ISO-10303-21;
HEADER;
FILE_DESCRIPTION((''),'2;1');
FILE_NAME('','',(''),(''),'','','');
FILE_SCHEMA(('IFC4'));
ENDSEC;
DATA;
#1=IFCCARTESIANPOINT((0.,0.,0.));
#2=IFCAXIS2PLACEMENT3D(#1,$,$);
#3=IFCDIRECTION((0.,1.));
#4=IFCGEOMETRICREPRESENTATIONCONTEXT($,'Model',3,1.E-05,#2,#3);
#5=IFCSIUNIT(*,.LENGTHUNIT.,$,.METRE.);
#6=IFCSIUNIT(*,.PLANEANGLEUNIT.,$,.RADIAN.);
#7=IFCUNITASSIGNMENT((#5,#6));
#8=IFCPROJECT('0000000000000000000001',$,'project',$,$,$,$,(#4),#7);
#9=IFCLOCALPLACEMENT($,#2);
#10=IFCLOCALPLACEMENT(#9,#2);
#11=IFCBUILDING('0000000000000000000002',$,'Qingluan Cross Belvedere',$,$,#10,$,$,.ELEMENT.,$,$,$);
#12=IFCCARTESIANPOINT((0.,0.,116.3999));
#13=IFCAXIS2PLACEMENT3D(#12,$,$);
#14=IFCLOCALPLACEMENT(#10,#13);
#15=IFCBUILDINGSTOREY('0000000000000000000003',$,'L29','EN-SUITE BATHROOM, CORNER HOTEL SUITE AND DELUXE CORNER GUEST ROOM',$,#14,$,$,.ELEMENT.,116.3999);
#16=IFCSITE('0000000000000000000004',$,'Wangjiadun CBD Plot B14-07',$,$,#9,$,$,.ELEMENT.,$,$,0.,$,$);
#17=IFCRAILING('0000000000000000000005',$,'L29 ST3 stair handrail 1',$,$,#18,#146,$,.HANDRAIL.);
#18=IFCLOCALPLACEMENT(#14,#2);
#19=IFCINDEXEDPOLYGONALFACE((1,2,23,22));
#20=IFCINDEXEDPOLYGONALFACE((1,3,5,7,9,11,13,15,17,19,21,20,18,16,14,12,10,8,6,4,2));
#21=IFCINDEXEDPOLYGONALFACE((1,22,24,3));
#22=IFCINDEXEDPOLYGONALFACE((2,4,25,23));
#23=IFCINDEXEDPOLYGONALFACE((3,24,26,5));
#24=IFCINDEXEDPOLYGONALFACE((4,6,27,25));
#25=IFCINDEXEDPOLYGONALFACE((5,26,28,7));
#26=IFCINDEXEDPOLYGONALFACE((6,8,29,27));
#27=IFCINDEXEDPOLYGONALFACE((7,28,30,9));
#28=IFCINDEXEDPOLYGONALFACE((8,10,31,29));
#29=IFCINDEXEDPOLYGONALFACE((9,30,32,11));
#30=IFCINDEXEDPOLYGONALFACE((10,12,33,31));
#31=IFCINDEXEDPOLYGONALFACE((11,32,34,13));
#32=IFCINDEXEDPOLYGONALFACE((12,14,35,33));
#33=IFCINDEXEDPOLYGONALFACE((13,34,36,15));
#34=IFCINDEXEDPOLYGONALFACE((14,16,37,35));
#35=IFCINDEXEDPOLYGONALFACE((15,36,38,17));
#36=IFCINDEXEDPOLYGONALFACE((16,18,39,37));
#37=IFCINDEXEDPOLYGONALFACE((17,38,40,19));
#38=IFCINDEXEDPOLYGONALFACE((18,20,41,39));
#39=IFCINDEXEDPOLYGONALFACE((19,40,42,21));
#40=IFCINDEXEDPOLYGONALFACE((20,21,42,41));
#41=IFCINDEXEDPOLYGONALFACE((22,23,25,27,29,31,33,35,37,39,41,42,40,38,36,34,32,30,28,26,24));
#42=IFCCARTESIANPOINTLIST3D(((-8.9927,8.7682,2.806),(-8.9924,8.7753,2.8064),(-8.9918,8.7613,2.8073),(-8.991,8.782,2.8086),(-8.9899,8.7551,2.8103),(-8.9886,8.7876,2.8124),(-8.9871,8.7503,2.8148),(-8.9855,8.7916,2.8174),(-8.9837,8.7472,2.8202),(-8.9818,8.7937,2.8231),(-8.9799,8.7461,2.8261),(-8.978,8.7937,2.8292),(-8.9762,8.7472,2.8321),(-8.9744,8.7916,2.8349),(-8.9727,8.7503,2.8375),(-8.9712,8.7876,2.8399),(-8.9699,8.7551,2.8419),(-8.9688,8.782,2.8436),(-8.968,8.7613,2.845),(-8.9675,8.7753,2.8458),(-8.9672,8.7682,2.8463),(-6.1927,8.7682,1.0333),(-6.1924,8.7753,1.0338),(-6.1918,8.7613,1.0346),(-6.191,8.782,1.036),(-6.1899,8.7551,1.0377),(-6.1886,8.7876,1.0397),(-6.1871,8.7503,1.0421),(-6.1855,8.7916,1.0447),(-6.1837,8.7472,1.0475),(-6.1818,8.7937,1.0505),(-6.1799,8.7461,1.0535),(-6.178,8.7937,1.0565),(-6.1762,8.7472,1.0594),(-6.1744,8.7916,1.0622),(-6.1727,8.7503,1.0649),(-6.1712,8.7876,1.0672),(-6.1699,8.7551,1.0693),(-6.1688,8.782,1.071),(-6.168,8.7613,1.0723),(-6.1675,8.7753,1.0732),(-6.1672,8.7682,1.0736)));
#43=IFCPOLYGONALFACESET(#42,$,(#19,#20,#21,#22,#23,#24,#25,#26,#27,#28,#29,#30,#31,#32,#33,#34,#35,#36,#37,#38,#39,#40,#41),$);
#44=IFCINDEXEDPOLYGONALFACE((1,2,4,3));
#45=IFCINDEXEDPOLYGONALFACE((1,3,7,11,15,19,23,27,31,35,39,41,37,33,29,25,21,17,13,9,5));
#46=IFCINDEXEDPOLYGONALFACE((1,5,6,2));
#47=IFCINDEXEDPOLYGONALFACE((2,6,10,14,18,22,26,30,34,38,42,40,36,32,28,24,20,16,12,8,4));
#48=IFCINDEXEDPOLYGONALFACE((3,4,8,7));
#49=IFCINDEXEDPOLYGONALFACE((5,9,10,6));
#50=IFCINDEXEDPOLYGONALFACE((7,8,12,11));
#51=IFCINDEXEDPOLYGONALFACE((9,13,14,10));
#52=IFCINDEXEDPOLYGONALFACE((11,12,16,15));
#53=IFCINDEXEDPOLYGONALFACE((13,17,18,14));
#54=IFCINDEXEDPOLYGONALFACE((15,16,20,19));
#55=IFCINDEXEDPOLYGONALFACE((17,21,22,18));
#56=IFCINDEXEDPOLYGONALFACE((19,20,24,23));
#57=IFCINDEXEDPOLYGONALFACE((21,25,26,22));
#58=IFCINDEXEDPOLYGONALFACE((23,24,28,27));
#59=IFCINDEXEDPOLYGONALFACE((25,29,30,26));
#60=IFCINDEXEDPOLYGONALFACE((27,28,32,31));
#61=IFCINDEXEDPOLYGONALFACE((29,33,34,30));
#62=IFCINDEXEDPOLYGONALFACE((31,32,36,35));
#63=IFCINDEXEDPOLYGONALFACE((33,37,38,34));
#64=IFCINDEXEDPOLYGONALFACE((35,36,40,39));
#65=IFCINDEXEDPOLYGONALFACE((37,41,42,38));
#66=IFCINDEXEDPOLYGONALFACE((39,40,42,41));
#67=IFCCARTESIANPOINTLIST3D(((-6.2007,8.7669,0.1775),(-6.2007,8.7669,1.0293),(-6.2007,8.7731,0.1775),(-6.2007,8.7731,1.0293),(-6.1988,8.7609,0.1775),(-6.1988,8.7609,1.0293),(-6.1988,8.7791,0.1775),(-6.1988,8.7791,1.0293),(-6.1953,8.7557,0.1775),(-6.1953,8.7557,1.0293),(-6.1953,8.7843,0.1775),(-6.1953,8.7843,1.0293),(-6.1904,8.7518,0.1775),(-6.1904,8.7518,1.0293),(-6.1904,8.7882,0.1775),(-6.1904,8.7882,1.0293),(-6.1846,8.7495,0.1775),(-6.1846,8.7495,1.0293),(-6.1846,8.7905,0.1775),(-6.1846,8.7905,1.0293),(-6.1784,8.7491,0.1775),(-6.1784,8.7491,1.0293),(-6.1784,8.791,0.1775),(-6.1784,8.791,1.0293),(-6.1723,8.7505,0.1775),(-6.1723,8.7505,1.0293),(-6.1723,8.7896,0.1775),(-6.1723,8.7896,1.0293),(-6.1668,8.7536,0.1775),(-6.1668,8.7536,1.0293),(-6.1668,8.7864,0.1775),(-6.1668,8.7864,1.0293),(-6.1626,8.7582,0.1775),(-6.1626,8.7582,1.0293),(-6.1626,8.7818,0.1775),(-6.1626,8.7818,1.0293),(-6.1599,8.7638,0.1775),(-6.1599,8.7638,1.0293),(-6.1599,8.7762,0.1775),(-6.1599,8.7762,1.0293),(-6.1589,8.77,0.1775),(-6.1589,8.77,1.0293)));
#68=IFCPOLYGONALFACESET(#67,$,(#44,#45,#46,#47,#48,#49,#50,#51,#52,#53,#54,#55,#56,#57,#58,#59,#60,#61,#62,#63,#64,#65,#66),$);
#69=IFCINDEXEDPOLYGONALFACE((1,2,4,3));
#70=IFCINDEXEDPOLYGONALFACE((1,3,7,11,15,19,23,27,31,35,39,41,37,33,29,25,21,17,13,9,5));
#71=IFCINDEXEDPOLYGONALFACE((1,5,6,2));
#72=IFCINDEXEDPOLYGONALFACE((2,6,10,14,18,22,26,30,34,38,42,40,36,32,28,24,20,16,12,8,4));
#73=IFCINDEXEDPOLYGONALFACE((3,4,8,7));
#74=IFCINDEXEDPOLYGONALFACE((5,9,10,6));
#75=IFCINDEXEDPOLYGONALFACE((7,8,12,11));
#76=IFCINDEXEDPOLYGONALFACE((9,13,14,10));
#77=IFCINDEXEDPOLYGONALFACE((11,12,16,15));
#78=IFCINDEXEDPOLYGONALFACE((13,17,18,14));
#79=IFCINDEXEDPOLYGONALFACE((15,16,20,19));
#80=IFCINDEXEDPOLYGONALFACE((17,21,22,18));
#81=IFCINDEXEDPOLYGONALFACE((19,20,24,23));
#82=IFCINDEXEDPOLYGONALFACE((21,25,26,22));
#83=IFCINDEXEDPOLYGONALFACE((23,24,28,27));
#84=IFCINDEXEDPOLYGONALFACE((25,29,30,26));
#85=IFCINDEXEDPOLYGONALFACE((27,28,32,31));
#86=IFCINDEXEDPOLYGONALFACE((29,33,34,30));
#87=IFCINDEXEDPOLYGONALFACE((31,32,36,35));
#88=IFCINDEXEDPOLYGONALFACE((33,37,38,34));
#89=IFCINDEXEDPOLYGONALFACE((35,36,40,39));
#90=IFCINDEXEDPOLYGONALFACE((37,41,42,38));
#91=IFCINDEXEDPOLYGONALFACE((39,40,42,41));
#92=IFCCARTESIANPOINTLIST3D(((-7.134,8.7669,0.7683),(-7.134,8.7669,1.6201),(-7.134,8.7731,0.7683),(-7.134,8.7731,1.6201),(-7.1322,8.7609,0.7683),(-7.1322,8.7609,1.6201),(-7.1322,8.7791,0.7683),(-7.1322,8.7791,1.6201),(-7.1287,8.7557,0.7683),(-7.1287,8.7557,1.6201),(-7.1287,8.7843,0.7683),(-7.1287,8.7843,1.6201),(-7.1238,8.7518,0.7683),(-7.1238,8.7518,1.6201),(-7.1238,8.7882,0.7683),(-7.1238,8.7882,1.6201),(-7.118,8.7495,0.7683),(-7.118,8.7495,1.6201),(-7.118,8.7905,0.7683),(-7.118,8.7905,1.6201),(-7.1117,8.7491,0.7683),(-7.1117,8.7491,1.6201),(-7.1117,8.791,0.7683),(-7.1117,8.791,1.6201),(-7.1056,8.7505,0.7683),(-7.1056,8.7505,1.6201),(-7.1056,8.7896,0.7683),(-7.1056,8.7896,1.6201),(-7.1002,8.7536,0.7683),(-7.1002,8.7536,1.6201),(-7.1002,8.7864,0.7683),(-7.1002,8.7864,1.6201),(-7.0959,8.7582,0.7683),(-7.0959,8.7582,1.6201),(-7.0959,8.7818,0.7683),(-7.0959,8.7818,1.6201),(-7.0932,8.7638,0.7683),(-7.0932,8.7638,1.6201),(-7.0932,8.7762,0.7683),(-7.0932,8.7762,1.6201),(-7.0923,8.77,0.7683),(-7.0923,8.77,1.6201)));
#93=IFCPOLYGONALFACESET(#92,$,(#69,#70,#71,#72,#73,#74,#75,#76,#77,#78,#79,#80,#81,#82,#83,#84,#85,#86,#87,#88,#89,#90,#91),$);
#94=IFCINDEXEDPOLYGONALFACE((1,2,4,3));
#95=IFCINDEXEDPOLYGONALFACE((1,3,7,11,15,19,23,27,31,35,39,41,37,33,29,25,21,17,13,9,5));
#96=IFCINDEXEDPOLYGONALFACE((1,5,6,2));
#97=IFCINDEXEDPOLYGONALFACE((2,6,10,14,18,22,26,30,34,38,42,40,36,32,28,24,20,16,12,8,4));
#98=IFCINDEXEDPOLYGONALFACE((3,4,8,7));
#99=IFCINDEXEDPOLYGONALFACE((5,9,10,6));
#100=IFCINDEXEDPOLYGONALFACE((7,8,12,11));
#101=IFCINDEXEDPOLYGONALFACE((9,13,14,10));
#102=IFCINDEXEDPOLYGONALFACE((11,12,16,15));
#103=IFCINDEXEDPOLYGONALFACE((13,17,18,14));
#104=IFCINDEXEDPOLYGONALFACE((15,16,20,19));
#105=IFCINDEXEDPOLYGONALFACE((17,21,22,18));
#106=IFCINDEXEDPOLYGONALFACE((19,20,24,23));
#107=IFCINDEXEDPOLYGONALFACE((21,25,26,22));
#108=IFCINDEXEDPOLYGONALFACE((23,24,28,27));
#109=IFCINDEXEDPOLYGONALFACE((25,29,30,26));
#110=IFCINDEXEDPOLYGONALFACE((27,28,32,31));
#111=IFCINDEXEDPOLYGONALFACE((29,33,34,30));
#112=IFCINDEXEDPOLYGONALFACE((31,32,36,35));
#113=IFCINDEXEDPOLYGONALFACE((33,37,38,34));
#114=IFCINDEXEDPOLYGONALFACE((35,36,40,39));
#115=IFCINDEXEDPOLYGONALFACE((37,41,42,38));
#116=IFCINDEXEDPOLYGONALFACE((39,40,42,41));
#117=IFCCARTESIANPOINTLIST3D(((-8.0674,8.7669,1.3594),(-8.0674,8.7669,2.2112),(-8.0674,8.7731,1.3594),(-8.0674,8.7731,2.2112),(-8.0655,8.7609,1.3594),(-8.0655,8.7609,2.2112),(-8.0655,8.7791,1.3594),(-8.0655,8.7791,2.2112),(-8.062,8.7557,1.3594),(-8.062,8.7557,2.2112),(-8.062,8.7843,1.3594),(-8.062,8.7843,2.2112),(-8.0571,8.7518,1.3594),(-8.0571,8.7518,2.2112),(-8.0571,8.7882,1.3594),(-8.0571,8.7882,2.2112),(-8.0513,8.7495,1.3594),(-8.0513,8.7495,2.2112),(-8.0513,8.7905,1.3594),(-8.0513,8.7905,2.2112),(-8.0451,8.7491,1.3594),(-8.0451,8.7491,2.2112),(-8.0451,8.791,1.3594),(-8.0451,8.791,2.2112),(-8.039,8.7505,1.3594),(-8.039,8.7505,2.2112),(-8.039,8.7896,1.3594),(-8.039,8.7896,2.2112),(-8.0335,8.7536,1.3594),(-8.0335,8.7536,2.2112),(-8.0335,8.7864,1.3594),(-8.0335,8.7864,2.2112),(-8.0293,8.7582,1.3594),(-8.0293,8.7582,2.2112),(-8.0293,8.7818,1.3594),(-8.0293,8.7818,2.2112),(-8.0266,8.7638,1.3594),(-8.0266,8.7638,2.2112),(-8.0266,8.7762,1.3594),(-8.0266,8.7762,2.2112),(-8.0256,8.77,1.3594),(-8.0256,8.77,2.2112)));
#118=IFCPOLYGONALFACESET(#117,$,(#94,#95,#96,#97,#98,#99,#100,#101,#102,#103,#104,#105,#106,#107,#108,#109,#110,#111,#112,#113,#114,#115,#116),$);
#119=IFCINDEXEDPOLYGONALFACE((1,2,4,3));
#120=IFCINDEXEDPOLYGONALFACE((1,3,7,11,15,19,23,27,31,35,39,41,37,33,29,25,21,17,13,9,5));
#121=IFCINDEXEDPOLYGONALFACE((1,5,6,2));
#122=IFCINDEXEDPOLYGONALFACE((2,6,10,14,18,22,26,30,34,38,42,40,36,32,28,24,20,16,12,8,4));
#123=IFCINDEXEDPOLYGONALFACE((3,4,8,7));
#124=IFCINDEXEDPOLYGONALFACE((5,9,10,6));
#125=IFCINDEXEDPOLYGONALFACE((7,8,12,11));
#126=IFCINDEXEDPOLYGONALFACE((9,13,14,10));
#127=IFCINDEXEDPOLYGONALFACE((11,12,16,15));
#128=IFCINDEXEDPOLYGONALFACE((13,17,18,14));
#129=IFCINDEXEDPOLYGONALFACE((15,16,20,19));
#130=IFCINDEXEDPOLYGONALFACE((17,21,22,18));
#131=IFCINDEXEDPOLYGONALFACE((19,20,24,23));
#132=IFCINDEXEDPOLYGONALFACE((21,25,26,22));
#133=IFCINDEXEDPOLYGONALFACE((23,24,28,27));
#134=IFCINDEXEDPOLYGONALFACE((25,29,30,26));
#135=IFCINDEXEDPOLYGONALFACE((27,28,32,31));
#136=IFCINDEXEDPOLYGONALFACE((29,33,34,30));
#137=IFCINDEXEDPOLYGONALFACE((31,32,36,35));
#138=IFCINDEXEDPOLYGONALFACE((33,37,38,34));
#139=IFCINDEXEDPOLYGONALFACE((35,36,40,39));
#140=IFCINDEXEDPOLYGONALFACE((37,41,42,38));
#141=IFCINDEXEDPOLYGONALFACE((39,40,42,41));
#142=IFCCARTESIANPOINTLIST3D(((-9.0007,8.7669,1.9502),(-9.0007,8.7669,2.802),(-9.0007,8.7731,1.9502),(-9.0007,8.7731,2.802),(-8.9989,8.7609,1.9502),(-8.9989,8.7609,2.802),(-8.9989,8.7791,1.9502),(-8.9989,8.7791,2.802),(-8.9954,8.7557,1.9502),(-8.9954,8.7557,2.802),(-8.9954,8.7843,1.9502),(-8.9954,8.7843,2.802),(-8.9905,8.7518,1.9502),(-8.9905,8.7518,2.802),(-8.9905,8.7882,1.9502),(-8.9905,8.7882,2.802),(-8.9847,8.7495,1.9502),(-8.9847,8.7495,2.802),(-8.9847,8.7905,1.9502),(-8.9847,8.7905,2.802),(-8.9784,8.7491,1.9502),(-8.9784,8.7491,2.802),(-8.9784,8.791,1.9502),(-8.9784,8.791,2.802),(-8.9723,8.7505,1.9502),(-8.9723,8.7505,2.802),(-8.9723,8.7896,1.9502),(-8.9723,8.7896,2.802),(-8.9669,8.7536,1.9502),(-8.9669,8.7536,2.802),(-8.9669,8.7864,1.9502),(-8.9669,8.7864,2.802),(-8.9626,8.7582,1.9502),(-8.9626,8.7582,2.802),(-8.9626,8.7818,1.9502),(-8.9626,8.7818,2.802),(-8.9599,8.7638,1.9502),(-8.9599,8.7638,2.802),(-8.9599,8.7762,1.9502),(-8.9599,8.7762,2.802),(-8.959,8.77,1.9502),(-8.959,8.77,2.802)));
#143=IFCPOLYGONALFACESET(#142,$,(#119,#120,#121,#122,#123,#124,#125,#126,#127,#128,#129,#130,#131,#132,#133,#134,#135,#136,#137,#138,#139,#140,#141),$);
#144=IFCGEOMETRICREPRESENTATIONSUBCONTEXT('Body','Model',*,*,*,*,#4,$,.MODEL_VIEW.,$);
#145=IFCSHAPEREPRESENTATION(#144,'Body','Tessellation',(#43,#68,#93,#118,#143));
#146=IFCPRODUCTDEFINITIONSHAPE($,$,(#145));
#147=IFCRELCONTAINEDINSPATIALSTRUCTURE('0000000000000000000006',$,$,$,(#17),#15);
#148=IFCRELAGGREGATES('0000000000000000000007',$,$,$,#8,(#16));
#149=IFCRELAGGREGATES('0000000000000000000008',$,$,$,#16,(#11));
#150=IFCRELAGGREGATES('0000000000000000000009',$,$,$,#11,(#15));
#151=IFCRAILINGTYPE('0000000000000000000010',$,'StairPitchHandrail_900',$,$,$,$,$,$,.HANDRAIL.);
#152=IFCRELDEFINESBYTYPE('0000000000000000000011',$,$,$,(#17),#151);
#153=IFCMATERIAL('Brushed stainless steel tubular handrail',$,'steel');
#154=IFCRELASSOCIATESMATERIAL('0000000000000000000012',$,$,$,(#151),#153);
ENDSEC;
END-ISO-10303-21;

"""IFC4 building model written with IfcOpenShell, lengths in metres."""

from ifc_helpers import new_model, si_unit, direction, frame, origin, origin_2d, place, context, subcontext, project, spatial, circle, extrude, material, type_object, element, save


model = new_model("IFC4")

# Units and contexts
model_context = context("Model", 3, precision=1e-05, world=origin(), true_north=direction((0.0, 1.0)))
body_context = subcontext(model_context, "Body", "Model", "MODEL_VIEW")
ifc_project = project(units=[si_unit("LENGTHUNIT", "METRE"), si_unit("PLANEANGLEUNIT", "RADIAN")], contexts=[model_context])

# Site, building, storey
site_placement = place(None, origin())
site = spatial("IfcSite", under=ifc_project, at=site_placement, Name="Wangjiadun CBD Plot B14-07", CompositionType="ELEMENT", RefElevation=0.0)
building_placement = place(site_placement, origin())
building = spatial("IfcBuilding", under=site, at=building_placement, Name="Qingluan Cross Belvedere", CompositionType="ELEMENT")
storey_placement = place(building_placement, frame((0.0, 0.0, 116.3999)))
storey = spatial("IfcBuildingStorey", under=building, at=storey_placement, Name="L29", Description="EN-SUITE BATHROOM, CORNER HOTEL SUITE AND DELUXE CORNER GUEST ROOM", CompositionType="ELEMENT", Elevation=116.3999)

# Railing
ifc_material_1 = material(Name="Brushed stainless steel tubular handrail", Category="steel")
railing_type = type_object("IfcRailingType", Name="StairPitchHandrail_900", PredefinedType="HANDRAIL", material=ifc_material_1)
railing_placement = place(storey_placement, frame((-6.1799, 8.77, 0.1775)))
element("IfcRailing", 1, at=railing_placement, inside=storey, type_object=railing_type, Name="L29 ST3 stair handrail 1", PredefinedType="HANDRAIL", context=body_context, shape_type="SweptSolid", body=[
    extrude(circle(Radius=0.0239, at=origin_2d()), frame((0.0, 0.0, 0.876), z_axis=(-0.844909, 0.0, 0.53491), x_axis=(0.0, -1.0, 0.0)), (0.0, 0.0, 1.0), 3.314),
    extrude(circle(Radius=0.021, at=origin_2d()), origin(), (0.0, 0.0, 1.0), 0.8518),
    extrude(circle(Radius=0.021, at=origin_2d()), frame((-0.9333, 0.0, 0.5908)), (0.0, 0.0, 1.0), 0.8518),
    extrude(circle(Radius=0.021, at=origin_2d()), frame((-1.8667, 0.0, 1.1819)), (0.0, 0.0, 1.0), 0.8518),
    extrude(circle(Radius=0.021, at=origin_2d()), frame((-2.8, 0.0, 1.7727)), (0.0, 0.0, 1.0), 0.8518),
])

save(model, "model.ifc")
